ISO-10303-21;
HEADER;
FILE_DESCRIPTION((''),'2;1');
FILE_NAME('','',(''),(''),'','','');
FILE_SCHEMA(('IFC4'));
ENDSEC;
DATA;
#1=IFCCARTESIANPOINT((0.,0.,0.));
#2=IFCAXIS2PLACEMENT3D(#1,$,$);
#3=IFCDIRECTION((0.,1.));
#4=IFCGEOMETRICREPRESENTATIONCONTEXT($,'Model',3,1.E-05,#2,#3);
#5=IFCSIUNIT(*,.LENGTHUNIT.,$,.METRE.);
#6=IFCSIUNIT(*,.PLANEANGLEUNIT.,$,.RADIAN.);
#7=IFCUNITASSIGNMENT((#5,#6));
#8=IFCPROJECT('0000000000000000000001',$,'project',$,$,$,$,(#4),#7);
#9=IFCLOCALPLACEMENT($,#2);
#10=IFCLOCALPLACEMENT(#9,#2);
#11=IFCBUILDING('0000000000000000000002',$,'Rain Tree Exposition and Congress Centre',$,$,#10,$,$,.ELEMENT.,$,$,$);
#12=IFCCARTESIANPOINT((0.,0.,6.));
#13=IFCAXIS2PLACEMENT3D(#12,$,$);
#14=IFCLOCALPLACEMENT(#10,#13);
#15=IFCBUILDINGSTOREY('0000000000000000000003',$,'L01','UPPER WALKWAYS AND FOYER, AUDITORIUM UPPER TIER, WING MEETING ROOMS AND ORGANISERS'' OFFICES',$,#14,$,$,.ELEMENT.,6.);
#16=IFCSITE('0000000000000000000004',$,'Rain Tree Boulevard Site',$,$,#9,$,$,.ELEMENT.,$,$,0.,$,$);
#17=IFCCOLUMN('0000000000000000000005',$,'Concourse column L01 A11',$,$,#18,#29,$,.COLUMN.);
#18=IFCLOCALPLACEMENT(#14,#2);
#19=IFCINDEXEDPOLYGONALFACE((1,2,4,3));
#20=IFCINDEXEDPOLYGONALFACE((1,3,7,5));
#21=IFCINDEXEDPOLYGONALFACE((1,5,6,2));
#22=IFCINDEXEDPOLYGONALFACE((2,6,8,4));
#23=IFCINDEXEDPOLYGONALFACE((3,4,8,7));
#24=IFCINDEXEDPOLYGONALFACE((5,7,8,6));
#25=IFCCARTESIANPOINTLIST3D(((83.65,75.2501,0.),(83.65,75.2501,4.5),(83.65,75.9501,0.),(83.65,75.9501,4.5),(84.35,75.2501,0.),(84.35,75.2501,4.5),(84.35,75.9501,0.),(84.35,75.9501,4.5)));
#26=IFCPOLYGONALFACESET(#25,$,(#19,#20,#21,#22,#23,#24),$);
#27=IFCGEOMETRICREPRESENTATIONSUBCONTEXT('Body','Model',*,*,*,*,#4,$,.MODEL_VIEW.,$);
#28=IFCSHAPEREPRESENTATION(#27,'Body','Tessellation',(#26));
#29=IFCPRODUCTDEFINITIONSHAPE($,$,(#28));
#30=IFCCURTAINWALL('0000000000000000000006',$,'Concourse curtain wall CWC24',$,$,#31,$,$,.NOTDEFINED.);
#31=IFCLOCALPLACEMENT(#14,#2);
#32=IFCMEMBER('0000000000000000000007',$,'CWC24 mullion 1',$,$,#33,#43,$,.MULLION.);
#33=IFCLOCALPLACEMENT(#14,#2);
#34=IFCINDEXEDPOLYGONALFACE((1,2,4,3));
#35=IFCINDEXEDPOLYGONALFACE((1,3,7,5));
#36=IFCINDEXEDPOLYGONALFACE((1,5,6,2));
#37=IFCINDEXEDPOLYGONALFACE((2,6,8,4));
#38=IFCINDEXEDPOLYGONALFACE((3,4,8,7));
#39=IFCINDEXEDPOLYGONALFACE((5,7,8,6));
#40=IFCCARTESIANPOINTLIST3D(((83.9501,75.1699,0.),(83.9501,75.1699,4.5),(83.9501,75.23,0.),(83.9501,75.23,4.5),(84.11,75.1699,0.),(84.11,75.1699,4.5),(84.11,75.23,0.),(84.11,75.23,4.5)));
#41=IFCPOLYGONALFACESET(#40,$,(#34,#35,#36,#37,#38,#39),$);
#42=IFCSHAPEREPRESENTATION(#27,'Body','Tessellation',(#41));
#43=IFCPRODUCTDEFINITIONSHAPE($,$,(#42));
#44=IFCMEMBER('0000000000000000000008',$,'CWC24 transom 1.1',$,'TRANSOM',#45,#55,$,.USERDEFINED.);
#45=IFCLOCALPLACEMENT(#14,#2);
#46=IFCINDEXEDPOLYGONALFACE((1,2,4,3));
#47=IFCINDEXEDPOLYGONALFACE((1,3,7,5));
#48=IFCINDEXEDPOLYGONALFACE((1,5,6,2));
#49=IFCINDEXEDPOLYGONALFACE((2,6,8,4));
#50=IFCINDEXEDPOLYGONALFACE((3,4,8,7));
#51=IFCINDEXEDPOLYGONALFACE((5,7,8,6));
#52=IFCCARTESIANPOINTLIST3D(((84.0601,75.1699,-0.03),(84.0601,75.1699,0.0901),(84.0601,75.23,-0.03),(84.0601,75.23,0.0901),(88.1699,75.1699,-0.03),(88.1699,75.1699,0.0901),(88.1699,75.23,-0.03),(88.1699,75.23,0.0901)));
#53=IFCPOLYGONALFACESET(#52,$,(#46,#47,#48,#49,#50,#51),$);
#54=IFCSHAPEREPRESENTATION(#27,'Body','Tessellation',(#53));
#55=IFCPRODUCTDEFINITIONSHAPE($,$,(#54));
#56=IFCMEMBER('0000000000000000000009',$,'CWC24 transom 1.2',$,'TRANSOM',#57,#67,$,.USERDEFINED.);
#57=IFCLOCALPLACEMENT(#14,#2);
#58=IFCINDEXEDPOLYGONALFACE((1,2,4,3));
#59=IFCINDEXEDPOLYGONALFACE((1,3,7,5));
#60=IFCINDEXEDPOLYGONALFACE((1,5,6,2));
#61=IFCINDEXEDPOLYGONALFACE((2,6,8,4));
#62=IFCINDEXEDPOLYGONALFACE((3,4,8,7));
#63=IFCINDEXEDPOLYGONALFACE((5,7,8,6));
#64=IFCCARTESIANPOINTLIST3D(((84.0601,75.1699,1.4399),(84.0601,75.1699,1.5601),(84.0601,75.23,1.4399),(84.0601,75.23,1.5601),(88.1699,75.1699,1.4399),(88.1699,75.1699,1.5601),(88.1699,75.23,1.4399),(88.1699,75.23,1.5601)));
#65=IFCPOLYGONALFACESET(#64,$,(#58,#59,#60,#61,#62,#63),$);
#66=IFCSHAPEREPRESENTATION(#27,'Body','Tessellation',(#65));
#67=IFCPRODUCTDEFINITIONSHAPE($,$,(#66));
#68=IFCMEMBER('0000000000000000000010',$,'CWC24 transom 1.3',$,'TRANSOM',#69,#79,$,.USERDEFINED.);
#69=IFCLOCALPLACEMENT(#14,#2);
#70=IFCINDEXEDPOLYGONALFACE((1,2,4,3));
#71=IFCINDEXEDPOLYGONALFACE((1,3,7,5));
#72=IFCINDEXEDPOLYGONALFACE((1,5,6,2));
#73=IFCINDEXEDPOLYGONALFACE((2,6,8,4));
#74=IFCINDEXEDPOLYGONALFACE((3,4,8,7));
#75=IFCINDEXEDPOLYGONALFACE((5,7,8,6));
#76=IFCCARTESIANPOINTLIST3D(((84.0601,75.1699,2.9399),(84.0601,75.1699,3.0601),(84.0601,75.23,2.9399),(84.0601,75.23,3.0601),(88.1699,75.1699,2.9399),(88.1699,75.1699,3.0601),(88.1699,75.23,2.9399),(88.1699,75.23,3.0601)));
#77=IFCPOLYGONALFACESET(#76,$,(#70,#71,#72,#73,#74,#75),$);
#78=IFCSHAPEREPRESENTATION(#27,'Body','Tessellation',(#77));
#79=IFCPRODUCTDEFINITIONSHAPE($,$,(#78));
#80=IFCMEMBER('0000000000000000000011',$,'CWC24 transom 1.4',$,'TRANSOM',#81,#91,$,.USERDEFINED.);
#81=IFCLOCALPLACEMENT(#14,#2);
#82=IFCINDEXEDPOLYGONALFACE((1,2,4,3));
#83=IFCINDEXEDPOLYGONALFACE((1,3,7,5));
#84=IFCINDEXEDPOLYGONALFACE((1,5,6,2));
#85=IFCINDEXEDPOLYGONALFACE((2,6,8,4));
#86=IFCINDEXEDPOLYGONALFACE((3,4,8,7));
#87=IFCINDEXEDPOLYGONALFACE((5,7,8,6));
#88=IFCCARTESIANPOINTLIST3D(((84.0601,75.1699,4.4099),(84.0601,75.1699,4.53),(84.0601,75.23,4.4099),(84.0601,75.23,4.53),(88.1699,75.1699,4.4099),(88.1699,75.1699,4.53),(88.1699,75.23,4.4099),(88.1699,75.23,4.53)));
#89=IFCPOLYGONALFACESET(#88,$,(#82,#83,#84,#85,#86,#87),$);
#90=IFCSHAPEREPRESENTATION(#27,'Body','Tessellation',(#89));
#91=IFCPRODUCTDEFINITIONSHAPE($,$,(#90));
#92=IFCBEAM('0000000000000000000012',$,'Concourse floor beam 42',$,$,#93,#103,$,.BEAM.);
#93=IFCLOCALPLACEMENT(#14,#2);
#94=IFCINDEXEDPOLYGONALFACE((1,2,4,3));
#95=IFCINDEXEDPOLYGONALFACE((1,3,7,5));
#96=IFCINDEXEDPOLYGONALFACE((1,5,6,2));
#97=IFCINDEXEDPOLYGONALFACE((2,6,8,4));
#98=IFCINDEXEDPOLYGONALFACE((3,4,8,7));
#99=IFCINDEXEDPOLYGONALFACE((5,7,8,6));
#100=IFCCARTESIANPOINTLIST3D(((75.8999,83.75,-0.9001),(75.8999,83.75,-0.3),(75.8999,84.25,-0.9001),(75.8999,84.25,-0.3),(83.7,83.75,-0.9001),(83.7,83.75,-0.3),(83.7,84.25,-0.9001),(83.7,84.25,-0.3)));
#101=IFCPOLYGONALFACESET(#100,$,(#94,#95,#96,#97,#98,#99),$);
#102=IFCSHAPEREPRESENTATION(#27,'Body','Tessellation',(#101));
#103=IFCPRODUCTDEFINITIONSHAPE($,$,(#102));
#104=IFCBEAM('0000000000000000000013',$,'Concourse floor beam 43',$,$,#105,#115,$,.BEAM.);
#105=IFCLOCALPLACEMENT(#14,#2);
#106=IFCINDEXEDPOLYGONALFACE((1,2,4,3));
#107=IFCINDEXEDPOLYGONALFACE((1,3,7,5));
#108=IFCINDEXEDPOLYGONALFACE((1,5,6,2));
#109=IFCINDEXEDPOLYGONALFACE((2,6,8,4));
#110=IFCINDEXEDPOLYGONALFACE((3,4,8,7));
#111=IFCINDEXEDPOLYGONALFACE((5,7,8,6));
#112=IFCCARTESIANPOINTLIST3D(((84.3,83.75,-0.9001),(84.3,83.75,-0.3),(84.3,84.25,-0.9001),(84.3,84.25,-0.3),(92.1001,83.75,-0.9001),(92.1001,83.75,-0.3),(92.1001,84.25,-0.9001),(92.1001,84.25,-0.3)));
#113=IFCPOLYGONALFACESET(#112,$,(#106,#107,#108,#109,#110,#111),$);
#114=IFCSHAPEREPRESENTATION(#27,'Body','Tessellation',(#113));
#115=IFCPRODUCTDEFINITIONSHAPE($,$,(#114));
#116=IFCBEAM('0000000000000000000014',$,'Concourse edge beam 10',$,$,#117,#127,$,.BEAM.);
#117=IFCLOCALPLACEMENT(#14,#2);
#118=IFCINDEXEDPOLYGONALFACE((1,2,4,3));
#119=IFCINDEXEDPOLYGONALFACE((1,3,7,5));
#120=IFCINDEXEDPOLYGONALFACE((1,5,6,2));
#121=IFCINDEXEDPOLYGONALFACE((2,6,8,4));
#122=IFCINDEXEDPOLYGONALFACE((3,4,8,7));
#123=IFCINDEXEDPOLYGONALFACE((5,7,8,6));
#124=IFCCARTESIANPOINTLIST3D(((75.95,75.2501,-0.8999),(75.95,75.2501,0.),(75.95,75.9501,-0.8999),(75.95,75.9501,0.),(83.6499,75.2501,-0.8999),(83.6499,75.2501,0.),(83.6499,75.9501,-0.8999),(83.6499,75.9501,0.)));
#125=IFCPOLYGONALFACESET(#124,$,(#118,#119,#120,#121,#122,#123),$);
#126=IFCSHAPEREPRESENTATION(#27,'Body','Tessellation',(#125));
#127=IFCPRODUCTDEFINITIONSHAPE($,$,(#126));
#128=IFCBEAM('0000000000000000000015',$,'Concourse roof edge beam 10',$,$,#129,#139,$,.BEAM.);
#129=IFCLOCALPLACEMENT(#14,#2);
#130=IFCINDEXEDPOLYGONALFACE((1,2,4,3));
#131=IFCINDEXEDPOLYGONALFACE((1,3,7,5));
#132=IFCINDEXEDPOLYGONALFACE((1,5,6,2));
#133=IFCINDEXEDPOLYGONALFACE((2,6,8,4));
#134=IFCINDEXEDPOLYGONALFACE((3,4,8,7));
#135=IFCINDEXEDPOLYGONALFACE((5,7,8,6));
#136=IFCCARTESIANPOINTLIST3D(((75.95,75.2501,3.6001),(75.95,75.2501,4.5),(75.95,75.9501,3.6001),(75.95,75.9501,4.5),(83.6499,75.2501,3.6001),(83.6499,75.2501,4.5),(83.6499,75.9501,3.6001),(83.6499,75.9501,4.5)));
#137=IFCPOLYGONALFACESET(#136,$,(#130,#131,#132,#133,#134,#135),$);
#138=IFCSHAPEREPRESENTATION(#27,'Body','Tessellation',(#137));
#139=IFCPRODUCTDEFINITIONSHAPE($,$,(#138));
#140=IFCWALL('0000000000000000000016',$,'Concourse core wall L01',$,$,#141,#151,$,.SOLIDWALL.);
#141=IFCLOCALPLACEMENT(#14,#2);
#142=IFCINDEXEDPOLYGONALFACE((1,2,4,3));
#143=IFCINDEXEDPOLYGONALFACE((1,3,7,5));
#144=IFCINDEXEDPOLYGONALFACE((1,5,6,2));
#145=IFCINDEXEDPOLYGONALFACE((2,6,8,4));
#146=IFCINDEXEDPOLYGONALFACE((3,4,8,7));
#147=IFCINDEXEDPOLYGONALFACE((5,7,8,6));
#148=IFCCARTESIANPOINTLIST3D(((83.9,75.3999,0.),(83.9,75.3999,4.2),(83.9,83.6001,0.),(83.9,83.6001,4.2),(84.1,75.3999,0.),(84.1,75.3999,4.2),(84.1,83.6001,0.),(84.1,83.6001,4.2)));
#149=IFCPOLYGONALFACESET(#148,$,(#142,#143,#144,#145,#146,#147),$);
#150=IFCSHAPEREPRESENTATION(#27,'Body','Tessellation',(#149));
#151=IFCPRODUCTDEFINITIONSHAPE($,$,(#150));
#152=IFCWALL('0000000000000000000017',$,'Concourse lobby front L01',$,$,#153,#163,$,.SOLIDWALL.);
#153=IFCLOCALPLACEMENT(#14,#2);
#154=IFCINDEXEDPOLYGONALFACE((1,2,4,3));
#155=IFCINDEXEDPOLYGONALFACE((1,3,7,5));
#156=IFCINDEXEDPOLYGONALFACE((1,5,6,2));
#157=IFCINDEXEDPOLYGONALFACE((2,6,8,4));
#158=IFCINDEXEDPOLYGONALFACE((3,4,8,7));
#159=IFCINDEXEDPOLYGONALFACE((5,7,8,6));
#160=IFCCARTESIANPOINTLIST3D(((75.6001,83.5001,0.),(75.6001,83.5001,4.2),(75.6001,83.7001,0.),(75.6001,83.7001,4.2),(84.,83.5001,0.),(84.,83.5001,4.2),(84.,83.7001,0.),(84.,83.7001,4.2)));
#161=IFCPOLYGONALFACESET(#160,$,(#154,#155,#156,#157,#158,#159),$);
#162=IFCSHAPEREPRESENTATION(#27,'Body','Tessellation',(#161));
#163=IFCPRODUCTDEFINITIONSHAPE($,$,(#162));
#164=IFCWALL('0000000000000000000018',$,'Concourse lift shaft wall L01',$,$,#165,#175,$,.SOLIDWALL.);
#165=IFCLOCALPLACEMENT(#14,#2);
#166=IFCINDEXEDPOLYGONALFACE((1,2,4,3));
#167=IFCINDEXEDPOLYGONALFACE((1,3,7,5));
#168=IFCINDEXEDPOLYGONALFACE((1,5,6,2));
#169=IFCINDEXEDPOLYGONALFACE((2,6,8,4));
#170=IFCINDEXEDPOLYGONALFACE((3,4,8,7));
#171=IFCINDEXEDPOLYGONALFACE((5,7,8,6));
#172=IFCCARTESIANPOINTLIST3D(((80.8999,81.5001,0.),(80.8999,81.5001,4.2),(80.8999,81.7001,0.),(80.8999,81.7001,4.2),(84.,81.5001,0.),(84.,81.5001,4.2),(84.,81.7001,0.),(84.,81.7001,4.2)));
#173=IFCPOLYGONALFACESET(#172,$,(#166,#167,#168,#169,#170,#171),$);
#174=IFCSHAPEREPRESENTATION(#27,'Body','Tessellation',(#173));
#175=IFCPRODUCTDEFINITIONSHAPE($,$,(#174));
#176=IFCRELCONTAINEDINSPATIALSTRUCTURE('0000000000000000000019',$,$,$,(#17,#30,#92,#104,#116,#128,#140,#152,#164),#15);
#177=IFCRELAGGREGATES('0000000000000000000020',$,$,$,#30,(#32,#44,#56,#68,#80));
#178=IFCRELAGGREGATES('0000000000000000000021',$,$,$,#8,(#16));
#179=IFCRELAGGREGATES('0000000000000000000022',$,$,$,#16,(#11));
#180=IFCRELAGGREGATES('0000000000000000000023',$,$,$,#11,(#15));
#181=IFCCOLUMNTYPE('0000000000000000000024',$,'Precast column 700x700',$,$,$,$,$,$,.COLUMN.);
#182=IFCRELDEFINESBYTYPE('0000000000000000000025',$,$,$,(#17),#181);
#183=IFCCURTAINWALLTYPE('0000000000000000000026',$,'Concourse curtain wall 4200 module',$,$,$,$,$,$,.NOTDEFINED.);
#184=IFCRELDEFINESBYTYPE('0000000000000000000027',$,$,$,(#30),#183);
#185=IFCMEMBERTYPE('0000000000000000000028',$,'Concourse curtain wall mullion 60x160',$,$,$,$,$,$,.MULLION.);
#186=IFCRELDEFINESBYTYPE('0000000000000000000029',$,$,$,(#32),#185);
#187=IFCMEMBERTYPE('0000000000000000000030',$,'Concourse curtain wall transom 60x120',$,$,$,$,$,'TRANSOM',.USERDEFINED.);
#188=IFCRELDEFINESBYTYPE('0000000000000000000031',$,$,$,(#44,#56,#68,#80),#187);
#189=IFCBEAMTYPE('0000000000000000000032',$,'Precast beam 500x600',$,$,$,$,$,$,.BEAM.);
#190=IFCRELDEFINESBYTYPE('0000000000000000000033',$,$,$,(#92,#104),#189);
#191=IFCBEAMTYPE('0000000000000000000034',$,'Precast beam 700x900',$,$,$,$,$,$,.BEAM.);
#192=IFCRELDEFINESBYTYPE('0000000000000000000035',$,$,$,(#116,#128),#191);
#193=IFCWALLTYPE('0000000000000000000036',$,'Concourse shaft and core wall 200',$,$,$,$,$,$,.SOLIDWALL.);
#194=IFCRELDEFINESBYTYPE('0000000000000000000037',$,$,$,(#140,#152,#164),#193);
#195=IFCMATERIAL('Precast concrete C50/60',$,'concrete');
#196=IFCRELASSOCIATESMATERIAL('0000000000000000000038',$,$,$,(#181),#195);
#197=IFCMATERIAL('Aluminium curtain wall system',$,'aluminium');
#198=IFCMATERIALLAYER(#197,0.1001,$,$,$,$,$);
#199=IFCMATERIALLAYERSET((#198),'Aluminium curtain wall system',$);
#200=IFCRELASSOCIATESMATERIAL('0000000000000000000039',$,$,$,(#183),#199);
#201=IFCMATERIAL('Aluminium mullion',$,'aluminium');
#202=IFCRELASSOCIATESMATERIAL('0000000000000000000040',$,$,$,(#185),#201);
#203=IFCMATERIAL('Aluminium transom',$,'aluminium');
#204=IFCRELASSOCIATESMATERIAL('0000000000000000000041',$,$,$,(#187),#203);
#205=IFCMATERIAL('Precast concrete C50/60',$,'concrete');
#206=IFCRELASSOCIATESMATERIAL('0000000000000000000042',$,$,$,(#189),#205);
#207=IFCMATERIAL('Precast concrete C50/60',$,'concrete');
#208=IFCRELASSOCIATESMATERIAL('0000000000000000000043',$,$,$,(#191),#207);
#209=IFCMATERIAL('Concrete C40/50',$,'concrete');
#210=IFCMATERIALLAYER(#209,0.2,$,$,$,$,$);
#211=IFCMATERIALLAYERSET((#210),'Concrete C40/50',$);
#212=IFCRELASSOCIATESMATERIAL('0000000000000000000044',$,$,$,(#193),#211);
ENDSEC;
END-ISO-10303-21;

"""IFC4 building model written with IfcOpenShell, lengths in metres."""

from ifc_helpers import new_model, si_unit, direction, frame, frame_2d, origin, origin_2d, place, context, subcontext, project, spatial, rectangle, extrude, material, layer, layer_set, material_profile, profile_set, type_object, element, aggregate, save


model = new_model("IFC4")

# Units and contexts
model_context = context("Model", 3, precision=1e-05, world=origin(), true_north=direction((0.0, 1.0)))
body_context = subcontext(model_context, "Body", "Model", "MODEL_VIEW")
ifc_project = project(units=[si_unit("LENGTHUNIT", "METRE"), si_unit("PLANEANGLEUNIT", "RADIAN")], contexts=[model_context])

# Site, building, storey
site_placement = place(None, origin())
site = spatial("IfcSite", under=ifc_project, at=site_placement, Name="Rain Tree Boulevard Site", CompositionType="ELEMENT", RefElevation=0.0)
building_placement = place(site_placement, origin())
building = spatial("IfcBuilding", under=site, at=building_placement, Name="Rain Tree Exposition and Congress Centre", CompositionType="ELEMENT")
storey_placement = place(building_placement, frame((0.0, 0.0, 6.0)))
storey = spatial("IfcBuildingStorey", under=building, at=storey_placement, Name="L01", Description="UPPER WALKWAYS AND FOYER, AUDITORIUM UPPER TIER, WING MEETING ROOMS AND ORGANISERS' OFFICES", CompositionType="ELEMENT", Elevation=6.0)

# Column
ifc_material_1 = material(Name="Precast concrete C50/60", Category="concrete")
ifc_material_profile_1 = material_profile(ifc_material_1, rectangle(XDim=0.7, YDim=0.7, at=origin_2d()), Name="RC 700x700")
ifc_profile_set_1 = profile_set([ifc_material_profile_1], Name="Precast concrete C50/60")
column_type = type_object("IfcColumnType", Name="Precast column 700x700", PredefinedType="COLUMN", material=ifc_profile_set_1)
column_placement = place(storey_placement, frame((84.0, 75.6001, 0.0), z_axis=(0.0, 0.0, 1.0), x_axis=(1.0, 0.0, 0.0)))
element("IfcColumn", 1, at=column_placement, inside=storey, type_object=column_type, Name="Concourse column L01 A11", PredefinedType="COLUMN", context=body_context, shape_type="SweptSolid", body=[
    extrude(rectangle(XDim=0.7, YDim=0.7, at=origin_2d()), origin(), (0.0, 0.0, 1.0), 4.5),
])

# Curtain wall, members
ifc_material_2 = material(Name="Aluminium curtain wall system", Category="aluminium")
ifc_layer_1 = layer(ifc_material_2, 0.1001)
ifc_layer_set_1 = layer_set([ifc_layer_1], Name="Aluminium curtain wall system")
curtain_wall_type = type_object("IfcCurtainWallType", Name="Concourse curtain wall 4200 module", PredefinedType="NOTDEFINED", material=ifc_layer_set_1)
curtain_wall_placement = place(storey_placement, origin())
curtain_wall = element("IfcCurtainWall", 2, at=curtain_wall_placement, inside=storey, type_object=curtain_wall_type, Name="Concourse curtain wall CWC24", PredefinedType="NOTDEFINED")
ifc_material_3 = material(Name="Aluminium mullion", Category="aluminium")
ifc_material_profile_2 = material_profile(ifc_material_3, rectangle(XDim=0.0601, YDim=0.1599, at=origin_2d()), Name="AL 60x160")
ifc_profile_set_2 = profile_set([ifc_material_profile_2], Name="Aluminium mullion")
member_type_1 = type_object("IfcMemberType", Name="Concourse curtain wall mullion 60x160", PredefinedType="MULLION", material=ifc_profile_set_2)
member_1_placement = place(storey_placement, frame((84.03, 75.2, 0.0), z_axis=(0.0, 0.0, 1.0), x_axis=(0.0, 1.0, 0.0)))
member_1 = element("IfcMember", 3, at=member_1_placement, type_object=member_type_1, Name="CWC24 mullion 1", PredefinedType="MULLION", context=body_context, shape_type="SweptSolid", body=[
    extrude(rectangle(XDim=0.0601, YDim=0.1599, at=origin_2d()), origin(), (0.0, 0.0, 1.0), 4.5),
])
ifc_material_4 = material(Name="Aluminium transom", Category="aluminium")
ifc_material_profile_3 = material_profile(ifc_material_4, rectangle(XDim=0.0601, YDim=0.1201, at=origin_2d()), Name="AL 60x120")
ifc_profile_set_3 = profile_set([ifc_material_profile_3], Name="Aluminium transom")
member_type_2 = type_object("IfcMemberType", Name="Concourse curtain wall transom 60x120", ElementType="TRANSOM", PredefinedType="USERDEFINED", material=ifc_profile_set_3)
member_2_placement = place(storey_placement, frame((84.0601, 75.2, 0.03), z_axis=(1.0, 0.0, 0.0), x_axis=(0.0, 1.0, 0.0)))
member_2 = element("IfcMember", 4, at=member_2_placement, type_object=member_type_2, Name="CWC24 transom 1.1", ObjectType="TRANSOM", PredefinedType="USERDEFINED", context=body_context, shape_type="SweptSolid", body=[
    extrude(rectangle(XDim=0.0601, YDim=0.1201, at=origin_2d()), origin(), (0.0, 0.0, 1.0), 4.1099),
])
member_3_placement = place(storey_placement, frame((84.0601, 75.2, 1.5), z_axis=(1.0, 0.0, 0.0), x_axis=(0.0, 1.0, 0.0)))
member_3 = element("IfcMember", 5, at=member_3_placement, type_object=member_type_2, Name="CWC24 transom 1.2", ObjectType="TRANSOM", PredefinedType="USERDEFINED", context=body_context, shape_type="SweptSolid", body=[
    extrude(rectangle(XDim=0.0601, YDim=0.1201, at=origin_2d()), origin(), (0.0, 0.0, 1.0), 4.1099),
])
member_4_placement = place(storey_placement, frame((84.0601, 75.2, 3.0), z_axis=(1.0, 0.0, 0.0), x_axis=(0.0, 1.0, 0.0)))
member_4 = element("IfcMember", 6, at=member_4_placement, type_object=member_type_2, Name="CWC24 transom 1.3", ObjectType="TRANSOM", PredefinedType="USERDEFINED", context=body_context, shape_type="SweptSolid", body=[
    extrude(rectangle(XDim=0.0601, YDim=0.1201, at=origin_2d()), origin(), (0.0, 0.0, 1.0), 4.1099),
])
member_5_placement = place(storey_placement, frame((84.0601, 75.2, 4.47), z_axis=(1.0, 0.0, 0.0), x_axis=(0.0, 1.0, 0.0)))
member_5 = element("IfcMember", 7, at=member_5_placement, type_object=member_type_2, Name="CWC24 transom 1.4", ObjectType="TRANSOM", PredefinedType="USERDEFINED", context=body_context, shape_type="SweptSolid", body=[
    extrude(rectangle(XDim=0.0601, YDim=0.1201, at=origin_2d()), origin(), (0.0, 0.0, 1.0), 4.1099),
])
aggregate(curtain_wall, [member_1, member_2, member_3, member_4, member_5])

# Beams
ifc_material_5 = material(Name="Precast concrete C50/60", Category="concrete")
ifc_material_profile_4 = material_profile(ifc_material_5, rectangle(XDim=0.5, YDim=0.6001, at=origin_2d()), Name="RC 500x600")
ifc_profile_set_4 = profile_set([ifc_material_profile_4], Name="Precast concrete C50/60")
beam_type_1 = type_object("IfcBeamType", Name="Precast beam 500x600", PredefinedType="BEAM", material=ifc_profile_set_4)
for number, where, z_axis, x_axis, name in (
    (8, (75.8999, 84.0, -0.6001), (1.0, 0.0, 0.0), (0.0, 1.0, 0.0), "Concourse floor beam 42"),
    (9, (84.3, 84.0, -0.6001), (1.0, 0.0, 0.0), (0.0, 1.0, 0.0), "Concourse floor beam 43"),
):
    element("IfcBeam", number, at=place(storey_placement, frame(where, z_axis=z_axis, x_axis=x_axis)), inside=storey, type_object=beam_type_1, Name=name, PredefinedType="BEAM", context=body_context, shape_type="SweptSolid", body=[
        extrude(rectangle(XDim=0.5, YDim=0.6001, at=origin_2d()), origin(), (0.0, 0.0, 1.0), 7.8),
    ])
ifc_material_6 = material(Name="Precast concrete C50/60", Category="concrete")
ifc_material_profile_5 = material_profile(ifc_material_6, rectangle(XDim=0.7, YDim=0.8999, at=origin_2d()), Name="RC 700x900")
ifc_profile_set_5 = profile_set([ifc_material_profile_5], Name="Precast concrete C50/60")
beam_type_2 = type_object("IfcBeamType", Name="Precast beam 700x900", PredefinedType="BEAM", material=ifc_profile_set_5)
for number, where, z_axis, x_axis, name in (
    (10, (75.95, 75.6001, -0.45), (1.0, 0.0, 0.0), (0.0, 1.0, 0.0), "Concourse edge beam 10"),
    (11, (75.95, 75.6001, 4.05), (1.0, 0.0, 0.0), (0.0, 1.0, 0.0), "Concourse roof edge beam 10"),
):
    element("IfcBeam", number, at=place(storey_placement, frame(where, z_axis=z_axis, x_axis=x_axis)), inside=storey, type_object=beam_type_2, Name=name, PredefinedType="BEAM", context=body_context, shape_type="SweptSolid", body=[
        extrude(rectangle(XDim=0.7, YDim=0.8999, at=origin_2d()), origin(), (0.0, 0.0, 1.0), 7.7),
    ])

# Walls
ifc_material_7 = material(Name="Concrete C40/50", Category="concrete")
ifc_layer_2 = layer(ifc_material_7, 0.2)
ifc_layer_set_2 = layer_set([ifc_layer_2], Name="Concrete C40/50")
wall_type_1 = type_object("IfcWallType", Name="Concourse shaft and core wall 200", PredefinedType="SOLIDWALL", material=ifc_layer_set_2)
wall_1_placement = place(storey_placement, frame((84.0, 75.3999, 0.0), z_axis=(0.0, 0.0, 1.0), x_axis=(0.0, 1.0, 0.0)))
element("IfcWall", 12, at=wall_1_placement, inside=storey, type_object=wall_type_1, Name="Concourse core wall L01", PredefinedType="SOLIDWALL", context=body_context, shape_type="SweptSolid", body=[
    extrude(rectangle(XDim=8.2002, YDim=0.2, at=frame_2d((4.1001, 0.0))), origin(), (0.0, 0.0, 1.0), 4.2),
])
wall_2_placement = place(storey_placement, frame((75.6001, 83.6001, 0.0), z_axis=(0.0, 0.0, 1.0), x_axis=(1.0, 0.0, 0.0)))
element("IfcWall", 13, at=wall_2_placement, inside=storey, type_object=wall_type_1, Name="Concourse lobby front L01", PredefinedType="SOLIDWALL", context=body_context, shape_type="SweptSolid", body=[
    extrude(rectangle(XDim=8.3999, YDim=0.2, at=frame_2d((4.2, 0.0))), origin(), (0.0, 0.0, 1.0), 4.2),
])

# Wall
wall_3_placement = place(storey_placement, frame((80.8999, 81.6001, 0.0), z_axis=(0.0, 0.0, 1.0), x_axis=(1.0, 0.0, 0.0)))
element("IfcWall", 14, at=wall_3_placement, inside=storey, type_object=wall_type_1, Name="Concourse lift shaft wall L01", PredefinedType="SOLIDWALL", context=body_context, shape_type="SweptSolid", body=[
    extrude(rectangle(XDim=3.1001, YDim=0.2, at=frame_2d((1.55, 0.0))), origin(), (0.0, 0.0, 1.0), 4.2),
])

save(model, "model.ifc")
